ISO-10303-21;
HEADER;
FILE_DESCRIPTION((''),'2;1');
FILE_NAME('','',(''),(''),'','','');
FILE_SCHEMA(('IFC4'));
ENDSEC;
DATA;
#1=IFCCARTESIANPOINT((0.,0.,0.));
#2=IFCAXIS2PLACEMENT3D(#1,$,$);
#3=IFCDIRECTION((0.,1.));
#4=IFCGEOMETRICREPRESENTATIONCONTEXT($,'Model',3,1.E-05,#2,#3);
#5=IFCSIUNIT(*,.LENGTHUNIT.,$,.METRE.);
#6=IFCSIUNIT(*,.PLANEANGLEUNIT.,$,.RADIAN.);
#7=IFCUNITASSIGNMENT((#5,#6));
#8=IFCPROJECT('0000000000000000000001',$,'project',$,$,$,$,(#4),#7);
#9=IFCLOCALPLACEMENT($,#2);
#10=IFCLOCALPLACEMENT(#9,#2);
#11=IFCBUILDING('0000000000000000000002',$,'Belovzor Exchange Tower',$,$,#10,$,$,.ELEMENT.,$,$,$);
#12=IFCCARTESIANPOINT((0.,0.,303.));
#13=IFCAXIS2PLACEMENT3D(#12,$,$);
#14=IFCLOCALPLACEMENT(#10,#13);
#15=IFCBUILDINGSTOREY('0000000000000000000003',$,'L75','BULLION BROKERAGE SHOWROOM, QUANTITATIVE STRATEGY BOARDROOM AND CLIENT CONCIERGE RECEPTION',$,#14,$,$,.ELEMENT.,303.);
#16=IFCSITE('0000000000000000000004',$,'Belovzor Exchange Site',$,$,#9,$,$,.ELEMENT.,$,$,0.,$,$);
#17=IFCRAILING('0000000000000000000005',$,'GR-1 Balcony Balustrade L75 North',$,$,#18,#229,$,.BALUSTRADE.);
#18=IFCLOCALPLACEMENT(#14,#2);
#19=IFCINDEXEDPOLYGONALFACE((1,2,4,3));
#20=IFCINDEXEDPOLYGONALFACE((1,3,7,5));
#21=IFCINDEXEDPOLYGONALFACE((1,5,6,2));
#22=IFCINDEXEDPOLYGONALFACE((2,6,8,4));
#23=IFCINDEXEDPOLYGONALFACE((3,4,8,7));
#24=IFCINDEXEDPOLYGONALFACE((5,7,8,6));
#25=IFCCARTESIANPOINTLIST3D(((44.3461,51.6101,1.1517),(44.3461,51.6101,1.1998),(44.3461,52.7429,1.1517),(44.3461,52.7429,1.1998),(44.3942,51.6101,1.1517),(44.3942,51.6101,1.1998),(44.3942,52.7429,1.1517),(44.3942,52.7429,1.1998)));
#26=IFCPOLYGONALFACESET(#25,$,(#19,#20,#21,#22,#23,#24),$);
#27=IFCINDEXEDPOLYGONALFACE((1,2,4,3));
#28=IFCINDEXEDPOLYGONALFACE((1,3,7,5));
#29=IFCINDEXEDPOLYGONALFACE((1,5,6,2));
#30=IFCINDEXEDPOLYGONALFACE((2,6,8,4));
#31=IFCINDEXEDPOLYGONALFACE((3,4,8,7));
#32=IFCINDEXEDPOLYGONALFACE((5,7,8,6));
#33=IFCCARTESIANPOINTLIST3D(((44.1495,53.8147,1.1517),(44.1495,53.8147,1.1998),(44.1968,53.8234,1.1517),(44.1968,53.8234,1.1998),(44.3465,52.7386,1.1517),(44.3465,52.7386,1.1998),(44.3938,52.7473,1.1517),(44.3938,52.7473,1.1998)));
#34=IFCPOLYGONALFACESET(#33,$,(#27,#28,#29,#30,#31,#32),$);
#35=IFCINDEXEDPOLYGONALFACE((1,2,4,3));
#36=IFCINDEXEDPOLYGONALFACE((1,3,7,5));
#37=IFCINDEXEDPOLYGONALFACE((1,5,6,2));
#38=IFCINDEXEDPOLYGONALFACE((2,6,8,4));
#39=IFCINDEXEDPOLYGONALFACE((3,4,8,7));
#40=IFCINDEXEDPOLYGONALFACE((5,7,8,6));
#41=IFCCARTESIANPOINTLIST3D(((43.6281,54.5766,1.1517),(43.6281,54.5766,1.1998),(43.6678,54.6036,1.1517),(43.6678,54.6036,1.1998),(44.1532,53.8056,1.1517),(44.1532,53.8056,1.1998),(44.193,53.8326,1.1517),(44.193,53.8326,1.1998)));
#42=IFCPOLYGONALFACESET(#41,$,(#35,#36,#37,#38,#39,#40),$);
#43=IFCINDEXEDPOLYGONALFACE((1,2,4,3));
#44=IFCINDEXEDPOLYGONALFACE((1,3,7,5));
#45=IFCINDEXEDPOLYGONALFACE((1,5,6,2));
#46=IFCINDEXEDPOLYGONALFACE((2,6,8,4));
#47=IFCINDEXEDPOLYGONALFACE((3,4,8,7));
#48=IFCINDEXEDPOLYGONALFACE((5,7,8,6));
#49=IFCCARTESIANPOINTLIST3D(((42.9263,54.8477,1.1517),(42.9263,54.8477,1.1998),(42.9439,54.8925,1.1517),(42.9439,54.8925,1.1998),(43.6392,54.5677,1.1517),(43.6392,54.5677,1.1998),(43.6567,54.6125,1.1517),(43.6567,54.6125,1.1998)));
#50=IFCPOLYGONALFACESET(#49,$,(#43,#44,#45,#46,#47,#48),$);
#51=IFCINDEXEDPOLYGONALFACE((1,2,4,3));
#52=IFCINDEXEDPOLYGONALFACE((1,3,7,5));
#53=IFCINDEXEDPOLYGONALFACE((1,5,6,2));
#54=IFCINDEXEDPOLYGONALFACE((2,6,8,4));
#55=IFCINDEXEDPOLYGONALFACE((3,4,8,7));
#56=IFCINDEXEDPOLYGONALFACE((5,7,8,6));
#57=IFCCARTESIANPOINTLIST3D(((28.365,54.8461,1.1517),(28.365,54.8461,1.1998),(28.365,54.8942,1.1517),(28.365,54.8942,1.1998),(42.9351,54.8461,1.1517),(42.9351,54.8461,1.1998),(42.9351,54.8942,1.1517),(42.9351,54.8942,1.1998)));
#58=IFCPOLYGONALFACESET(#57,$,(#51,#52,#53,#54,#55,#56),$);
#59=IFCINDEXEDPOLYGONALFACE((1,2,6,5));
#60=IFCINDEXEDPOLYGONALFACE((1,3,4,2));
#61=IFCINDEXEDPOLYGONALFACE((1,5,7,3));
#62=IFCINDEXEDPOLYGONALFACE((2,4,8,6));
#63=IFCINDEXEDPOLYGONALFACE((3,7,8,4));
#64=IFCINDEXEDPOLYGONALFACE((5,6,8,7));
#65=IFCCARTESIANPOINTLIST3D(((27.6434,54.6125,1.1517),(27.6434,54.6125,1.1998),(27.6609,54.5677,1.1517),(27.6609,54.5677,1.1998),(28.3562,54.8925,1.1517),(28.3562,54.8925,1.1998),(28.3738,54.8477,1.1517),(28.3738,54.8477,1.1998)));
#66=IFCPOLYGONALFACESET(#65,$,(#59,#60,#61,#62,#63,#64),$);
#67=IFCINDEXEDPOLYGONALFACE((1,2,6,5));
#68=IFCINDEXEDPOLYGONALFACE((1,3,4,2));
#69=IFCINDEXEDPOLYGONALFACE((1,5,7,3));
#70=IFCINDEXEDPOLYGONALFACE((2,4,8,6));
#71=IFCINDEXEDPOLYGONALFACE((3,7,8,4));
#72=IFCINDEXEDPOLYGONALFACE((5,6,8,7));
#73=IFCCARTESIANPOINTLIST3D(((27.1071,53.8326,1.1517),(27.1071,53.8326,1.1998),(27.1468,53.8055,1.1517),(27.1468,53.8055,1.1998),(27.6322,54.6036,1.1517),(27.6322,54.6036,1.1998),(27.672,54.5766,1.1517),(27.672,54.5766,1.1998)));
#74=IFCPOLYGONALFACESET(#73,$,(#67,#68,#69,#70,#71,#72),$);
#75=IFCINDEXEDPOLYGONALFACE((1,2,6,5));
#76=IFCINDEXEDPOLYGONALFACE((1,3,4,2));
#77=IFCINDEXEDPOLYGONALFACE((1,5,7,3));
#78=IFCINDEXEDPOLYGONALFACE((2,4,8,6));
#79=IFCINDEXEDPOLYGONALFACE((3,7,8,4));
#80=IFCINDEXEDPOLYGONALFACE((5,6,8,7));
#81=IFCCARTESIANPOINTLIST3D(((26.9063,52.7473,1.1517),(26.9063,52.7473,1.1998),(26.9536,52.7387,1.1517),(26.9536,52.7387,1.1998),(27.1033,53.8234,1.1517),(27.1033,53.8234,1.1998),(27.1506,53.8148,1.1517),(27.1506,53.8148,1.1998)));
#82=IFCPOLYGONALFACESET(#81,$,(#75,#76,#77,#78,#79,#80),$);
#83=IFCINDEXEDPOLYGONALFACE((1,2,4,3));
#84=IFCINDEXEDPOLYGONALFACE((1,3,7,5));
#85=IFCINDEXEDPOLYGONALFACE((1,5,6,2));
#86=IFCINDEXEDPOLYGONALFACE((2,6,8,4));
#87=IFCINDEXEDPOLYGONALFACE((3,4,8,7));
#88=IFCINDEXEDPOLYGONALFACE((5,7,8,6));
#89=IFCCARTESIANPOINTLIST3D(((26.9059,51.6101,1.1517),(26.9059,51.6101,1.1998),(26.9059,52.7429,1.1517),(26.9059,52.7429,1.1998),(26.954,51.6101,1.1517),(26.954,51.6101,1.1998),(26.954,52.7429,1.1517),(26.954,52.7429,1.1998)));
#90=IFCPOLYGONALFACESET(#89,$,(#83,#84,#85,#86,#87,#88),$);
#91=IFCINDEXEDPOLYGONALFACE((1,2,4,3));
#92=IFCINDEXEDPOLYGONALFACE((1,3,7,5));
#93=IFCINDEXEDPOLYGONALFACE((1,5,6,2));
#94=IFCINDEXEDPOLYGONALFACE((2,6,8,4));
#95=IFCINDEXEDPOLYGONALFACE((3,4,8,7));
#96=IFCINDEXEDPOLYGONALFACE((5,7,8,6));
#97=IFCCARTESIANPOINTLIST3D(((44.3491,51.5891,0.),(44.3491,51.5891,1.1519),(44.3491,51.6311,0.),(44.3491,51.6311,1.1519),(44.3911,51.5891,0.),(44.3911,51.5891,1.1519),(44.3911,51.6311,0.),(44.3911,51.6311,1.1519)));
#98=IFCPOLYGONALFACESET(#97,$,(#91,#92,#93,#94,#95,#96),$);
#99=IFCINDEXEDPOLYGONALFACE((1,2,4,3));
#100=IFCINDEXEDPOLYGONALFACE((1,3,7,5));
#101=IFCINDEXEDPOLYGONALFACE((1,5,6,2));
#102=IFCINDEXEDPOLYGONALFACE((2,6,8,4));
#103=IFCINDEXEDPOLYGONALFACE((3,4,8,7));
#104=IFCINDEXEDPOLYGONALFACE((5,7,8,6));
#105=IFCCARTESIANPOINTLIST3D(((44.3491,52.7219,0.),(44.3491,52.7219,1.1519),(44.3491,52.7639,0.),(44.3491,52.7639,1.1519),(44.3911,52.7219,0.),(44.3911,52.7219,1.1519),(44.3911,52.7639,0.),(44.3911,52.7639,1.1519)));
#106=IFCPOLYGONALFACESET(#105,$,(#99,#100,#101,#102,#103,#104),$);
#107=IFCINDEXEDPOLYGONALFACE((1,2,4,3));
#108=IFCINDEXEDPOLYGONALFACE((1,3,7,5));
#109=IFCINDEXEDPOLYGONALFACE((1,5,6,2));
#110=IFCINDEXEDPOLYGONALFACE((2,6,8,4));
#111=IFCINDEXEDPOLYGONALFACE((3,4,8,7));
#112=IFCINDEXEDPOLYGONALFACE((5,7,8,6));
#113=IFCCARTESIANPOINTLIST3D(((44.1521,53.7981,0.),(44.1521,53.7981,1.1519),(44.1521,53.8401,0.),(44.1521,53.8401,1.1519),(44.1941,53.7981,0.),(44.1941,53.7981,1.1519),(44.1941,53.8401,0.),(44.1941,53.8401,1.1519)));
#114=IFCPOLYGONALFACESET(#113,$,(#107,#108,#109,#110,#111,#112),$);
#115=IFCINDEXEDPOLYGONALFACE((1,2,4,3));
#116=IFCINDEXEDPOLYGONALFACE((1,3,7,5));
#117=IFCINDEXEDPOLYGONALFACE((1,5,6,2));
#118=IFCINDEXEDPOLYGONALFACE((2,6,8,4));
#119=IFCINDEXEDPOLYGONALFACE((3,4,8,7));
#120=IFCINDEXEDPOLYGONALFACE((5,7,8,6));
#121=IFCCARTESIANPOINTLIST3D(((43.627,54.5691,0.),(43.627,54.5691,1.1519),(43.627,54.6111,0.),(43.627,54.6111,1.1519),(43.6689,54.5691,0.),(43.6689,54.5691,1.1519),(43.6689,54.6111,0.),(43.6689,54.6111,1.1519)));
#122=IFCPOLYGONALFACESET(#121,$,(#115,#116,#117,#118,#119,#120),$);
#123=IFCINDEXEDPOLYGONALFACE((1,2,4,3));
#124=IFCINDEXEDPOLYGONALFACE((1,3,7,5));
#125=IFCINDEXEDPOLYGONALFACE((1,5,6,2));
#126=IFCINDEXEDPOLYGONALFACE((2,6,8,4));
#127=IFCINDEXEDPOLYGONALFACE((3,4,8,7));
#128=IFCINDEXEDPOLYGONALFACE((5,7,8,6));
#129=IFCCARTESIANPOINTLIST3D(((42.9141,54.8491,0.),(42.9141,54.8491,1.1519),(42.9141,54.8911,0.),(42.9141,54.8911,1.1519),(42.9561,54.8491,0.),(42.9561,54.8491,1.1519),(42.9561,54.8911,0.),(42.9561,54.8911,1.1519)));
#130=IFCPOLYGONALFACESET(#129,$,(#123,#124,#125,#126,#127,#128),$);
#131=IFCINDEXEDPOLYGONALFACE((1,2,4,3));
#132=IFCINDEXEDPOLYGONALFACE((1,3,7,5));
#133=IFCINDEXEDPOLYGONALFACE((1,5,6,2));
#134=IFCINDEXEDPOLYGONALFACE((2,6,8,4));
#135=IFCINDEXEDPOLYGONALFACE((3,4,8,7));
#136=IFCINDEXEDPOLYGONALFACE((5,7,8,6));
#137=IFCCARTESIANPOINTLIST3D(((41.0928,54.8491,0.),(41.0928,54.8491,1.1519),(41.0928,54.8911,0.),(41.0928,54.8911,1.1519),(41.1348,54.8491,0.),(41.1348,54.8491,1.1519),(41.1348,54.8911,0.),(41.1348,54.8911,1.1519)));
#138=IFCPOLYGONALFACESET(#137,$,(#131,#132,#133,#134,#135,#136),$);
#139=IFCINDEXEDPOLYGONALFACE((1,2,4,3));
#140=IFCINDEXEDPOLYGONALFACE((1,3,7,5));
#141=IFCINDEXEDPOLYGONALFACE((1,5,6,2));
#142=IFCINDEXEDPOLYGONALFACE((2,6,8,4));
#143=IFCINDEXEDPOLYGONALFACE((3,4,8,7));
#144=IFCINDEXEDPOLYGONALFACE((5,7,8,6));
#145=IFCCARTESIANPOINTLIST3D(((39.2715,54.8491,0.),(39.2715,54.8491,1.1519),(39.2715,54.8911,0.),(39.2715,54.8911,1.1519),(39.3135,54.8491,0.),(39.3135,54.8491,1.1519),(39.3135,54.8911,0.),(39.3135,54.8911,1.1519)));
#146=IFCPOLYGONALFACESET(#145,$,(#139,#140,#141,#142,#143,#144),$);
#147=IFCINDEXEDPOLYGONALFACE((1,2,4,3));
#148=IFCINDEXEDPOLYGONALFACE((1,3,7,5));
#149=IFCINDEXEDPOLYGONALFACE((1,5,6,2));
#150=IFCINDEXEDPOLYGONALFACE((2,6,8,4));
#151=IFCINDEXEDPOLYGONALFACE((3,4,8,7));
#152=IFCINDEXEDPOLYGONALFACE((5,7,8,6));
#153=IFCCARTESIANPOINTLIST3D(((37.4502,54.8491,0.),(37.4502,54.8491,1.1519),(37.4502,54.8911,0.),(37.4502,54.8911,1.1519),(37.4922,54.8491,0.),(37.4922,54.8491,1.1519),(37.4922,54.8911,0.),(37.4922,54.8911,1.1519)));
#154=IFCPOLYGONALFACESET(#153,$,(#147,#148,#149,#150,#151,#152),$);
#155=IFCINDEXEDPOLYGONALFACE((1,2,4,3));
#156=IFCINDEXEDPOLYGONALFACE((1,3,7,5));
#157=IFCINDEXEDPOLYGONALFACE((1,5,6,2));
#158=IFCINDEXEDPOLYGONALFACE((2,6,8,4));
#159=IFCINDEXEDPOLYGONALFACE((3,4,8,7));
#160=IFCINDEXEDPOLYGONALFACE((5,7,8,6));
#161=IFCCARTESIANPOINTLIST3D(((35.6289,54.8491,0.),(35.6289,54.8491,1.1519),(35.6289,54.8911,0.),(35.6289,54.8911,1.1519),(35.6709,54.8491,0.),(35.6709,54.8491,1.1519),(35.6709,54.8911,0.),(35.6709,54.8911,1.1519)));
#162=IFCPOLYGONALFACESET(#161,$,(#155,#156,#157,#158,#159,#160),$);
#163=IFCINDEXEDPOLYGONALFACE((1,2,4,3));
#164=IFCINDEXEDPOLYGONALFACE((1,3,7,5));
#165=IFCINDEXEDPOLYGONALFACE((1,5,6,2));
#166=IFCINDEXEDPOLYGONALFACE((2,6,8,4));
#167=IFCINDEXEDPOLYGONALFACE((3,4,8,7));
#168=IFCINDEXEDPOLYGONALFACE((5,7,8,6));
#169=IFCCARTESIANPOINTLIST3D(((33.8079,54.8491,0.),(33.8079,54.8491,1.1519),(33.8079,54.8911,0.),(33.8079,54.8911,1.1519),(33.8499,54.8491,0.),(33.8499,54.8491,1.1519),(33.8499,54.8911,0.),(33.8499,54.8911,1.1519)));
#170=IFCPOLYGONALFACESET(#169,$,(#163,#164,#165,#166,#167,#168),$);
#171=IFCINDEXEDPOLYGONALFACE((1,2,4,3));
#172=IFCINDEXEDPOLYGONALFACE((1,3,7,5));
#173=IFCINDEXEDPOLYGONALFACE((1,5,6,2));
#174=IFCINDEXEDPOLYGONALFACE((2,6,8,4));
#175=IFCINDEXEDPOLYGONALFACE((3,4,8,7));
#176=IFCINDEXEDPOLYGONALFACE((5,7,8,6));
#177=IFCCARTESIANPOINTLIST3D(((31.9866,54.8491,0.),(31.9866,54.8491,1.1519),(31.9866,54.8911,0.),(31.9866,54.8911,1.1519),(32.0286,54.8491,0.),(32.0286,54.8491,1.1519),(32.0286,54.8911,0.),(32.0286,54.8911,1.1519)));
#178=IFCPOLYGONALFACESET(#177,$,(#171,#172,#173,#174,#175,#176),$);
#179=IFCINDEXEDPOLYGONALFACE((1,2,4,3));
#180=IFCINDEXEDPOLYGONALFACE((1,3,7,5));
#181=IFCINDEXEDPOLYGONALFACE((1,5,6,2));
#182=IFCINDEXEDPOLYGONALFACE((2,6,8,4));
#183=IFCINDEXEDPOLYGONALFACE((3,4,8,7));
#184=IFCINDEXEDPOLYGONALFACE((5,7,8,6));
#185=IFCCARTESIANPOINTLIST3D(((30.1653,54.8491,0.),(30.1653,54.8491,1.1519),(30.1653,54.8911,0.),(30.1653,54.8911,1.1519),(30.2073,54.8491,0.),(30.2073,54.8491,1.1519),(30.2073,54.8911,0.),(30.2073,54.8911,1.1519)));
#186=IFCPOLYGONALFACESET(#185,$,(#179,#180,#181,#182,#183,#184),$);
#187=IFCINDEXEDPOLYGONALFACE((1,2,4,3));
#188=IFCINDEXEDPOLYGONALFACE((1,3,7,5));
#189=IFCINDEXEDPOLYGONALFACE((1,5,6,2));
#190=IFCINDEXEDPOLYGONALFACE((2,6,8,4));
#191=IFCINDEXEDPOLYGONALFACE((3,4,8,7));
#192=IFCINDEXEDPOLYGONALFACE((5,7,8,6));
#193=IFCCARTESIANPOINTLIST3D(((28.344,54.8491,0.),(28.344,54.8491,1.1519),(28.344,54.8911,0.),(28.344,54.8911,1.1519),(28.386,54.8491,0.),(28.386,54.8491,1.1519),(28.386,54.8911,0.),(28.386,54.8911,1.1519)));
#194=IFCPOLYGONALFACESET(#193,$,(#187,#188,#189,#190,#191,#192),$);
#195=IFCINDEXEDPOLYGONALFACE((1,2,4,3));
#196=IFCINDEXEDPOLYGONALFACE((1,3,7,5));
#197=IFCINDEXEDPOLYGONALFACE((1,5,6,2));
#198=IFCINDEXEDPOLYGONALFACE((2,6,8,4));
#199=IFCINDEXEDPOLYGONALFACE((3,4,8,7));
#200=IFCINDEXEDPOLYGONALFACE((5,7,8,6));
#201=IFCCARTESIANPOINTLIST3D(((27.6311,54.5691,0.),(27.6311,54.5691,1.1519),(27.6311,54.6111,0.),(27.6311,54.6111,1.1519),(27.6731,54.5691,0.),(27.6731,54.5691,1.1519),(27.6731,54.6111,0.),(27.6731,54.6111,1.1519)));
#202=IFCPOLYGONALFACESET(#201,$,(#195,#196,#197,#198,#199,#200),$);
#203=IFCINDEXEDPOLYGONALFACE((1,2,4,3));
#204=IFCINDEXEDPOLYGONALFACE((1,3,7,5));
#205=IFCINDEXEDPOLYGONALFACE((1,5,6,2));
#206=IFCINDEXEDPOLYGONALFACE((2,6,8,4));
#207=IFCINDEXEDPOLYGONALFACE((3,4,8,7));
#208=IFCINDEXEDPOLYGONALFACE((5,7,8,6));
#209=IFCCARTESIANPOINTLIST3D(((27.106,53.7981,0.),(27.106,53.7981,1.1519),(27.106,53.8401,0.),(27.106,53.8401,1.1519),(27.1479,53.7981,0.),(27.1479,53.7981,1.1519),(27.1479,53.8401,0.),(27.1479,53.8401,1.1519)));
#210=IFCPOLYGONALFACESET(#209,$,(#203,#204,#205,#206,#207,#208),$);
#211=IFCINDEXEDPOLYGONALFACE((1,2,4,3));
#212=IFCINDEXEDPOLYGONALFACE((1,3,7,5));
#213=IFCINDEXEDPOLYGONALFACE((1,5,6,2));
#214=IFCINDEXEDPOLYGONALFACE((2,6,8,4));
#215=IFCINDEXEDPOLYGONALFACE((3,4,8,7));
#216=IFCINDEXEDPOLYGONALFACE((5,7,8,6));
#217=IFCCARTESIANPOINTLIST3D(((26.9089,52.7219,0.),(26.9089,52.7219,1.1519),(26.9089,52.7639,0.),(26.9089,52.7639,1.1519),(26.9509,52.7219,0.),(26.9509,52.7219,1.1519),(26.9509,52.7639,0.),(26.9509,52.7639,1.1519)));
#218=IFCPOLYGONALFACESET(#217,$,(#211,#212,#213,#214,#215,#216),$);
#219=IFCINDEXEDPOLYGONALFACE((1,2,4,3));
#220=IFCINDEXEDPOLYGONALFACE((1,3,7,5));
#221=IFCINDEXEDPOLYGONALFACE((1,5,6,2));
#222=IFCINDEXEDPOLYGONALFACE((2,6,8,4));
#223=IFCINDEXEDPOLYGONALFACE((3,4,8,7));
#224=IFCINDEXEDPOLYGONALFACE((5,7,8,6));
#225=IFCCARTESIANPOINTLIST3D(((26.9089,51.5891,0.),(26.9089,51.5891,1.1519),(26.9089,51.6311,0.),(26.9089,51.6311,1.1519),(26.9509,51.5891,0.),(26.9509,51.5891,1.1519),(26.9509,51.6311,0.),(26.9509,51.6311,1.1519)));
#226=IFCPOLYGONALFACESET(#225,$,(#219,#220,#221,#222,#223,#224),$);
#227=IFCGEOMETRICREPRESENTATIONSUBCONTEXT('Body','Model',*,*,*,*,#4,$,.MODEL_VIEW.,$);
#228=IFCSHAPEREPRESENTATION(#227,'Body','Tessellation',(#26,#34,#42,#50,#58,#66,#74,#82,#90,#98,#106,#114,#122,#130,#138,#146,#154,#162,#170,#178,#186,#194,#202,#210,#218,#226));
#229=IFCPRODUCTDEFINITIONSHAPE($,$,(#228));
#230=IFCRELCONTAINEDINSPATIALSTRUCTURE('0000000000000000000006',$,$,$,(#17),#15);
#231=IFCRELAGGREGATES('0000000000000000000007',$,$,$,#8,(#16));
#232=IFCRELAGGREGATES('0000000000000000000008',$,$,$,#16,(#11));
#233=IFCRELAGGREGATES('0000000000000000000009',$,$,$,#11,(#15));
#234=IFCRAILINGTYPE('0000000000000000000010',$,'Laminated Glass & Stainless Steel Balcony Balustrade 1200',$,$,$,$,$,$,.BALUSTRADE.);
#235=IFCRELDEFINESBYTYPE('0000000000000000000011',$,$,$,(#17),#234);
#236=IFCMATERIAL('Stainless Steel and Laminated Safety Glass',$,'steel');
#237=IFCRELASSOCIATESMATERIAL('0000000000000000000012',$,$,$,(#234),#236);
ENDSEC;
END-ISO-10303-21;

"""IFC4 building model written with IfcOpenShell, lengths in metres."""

from ifc_helpers import new_model, si_unit, direction, frame, origin, origin_2d, place, context, subcontext, project, spatial, rectangle, extrude, material, type_object, element, save


model = new_model("IFC4")

# Units and contexts
model_context = context("Model", 3, precision=1e-05, world=origin(), true_north=direction((0.0, 1.0)))
body_context = subcontext(model_context, "Body", "Model", "MODEL_VIEW")
ifc_project = project(units=[si_unit("LENGTHUNIT", "METRE"), si_unit("PLANEANGLEUNIT", "RADIAN")], contexts=[model_context])

# Site, building, storey
site_placement = place(None, origin())
site = spatial("IfcSite", under=ifc_project, at=site_placement, Name="Belovzor Exchange Site", CompositionType="ELEMENT", RefElevation=0.0)
building_placement = place(site_placement, origin())
building = spatial("IfcBuilding", under=site, at=building_placement, Name="Belovzor Exchange Tower", CompositionType="ELEMENT")
storey_placement = place(building_placement, frame((0.0, 0.0, 303.0)))
storey = spatial("IfcBuildingStorey", under=building, at=storey_placement, Name="L75", Description="BULLION BROKERAGE SHOWROOM, QUANTITATIVE STRATEGY BOARDROOM AND CLIENT CONCIERGE RECEPTION", CompositionType="ELEMENT", Elevation=303.0)

# Railing
ifc_material_1 = material(Name="Stainless Steel and Laminated Safety Glass", Category="steel")
railing_type = type_object("IfcRailingType", Name="Laminated Glass & Stainless Steel Balcony Balustrade 1200", PredefinedType="BALUSTRADE", material=ifc_material_1)
railing_placement = place(storey_placement, frame((44.3701, 51.6101, 0.0)))
element("IfcRailing", 1, at=railing_placement, inside=storey, type_object=railing_type, Name="GR-1 Balcony Balustrade L75 North", PredefinedType="BALUSTRADE", context=body_context, shape_type="SweptSolid", body=[
    extrude(rectangle(XDim=0.0481, YDim=0.0481, at=origin_2d()), frame((0.0, 0.0, 1.1758), z_axis=(0.0, 1.0, 0.0), x_axis=(-1.0, 0.0, 0.0)), (0.0, 0.0, 1.0), 1.1328),
    extrude(rectangle(XDim=0.0481, YDim=0.0481, at=origin_2d()), frame((0.0, 1.1328, 1.1758), z_axis=(-0.180083, 0.983651, 0.0), x_axis=(-0.983651, -0.180083, 0.0)), (0.0, 0.0, 1.0), 1.094),
    extrude(rectangle(XDim=0.0481, YDim=0.0481, at=origin_2d()), frame((-0.197, 2.209, 1.1758), z_axis=(-0.562947, 0.826493, 0.0), x_axis=(-0.826493, -0.562947, 0.0)), (0.0, 0.0, 1.0), 0.9329),
    extrude(rectangle(XDim=0.0481, YDim=0.0481, at=origin_2d()), frame((-0.7222, 2.98, 1.1758), z_axis=(-0.930767, 0.365613, 0.0), x_axis=(-0.365613, -0.930767, 0.0)), (0.0, 0.0, 1.0), 0.7659),
    extrude(rectangle(XDim=0.0481, YDim=0.0481, at=origin_2d()), frame((-1.4351, 3.26, 1.1758), z_axis=(-1.0, 0.0, 0.0), x_axis=(0.0, -1.0, 0.0)), (0.0, 0.0, 1.0), 14.5701),
    extrude(rectangle(XDim=0.0481, YDim=0.0481, at=origin_2d()), frame((-16.0051, 3.26, 1.1758), z_axis=(-0.930767, -0.365613, 0.0), x_axis=(0.365613, -0.930767, 0.0)), (0.0, 0.0, 1.0), 0.7659),
    extrude(rectangle(XDim=0.0481, YDim=0.0481, at=origin_2d()), frame((-16.718, 2.98, 1.1758), z_axis=(-0.562947, -0.826493, 0.0), x_axis=(0.826493, -0.562947, 0.0)), (0.0, 0.0, 1.0), 0.9329),
    extrude(rectangle(XDim=0.0481, YDim=0.0481, at=origin_2d()), frame((-17.2432, 2.209, 1.1758), z_axis=(-0.180083, -0.983651, 0.0), x_axis=(0.983651, -0.180083, 0.0)), (0.0, 0.0, 1.0), 1.094),
    extrude(rectangle(XDim=0.0481, YDim=0.0481, at=origin_2d()), frame((-17.4402, 1.1328, 1.1758), z_axis=(0.0, -1.0, 0.0), x_axis=(1.0, 0.0, 0.0)), (0.0, 0.0, 1.0), 1.1328),
    extrude(rectangle(XDim=0.042, YDim=0.042, at=origin_2d()), origin(), (0.0, 0.0, 1.0), 1.1519),
    extrude(rectangle(XDim=0.042, YDim=0.042, at=origin_2d()), frame((0.0, 1.1328, 0.0)), (0.0, 0.0, 1.0), 1.1519),
    extrude(rectangle(XDim=0.042, YDim=0.042, at=origin_2d()), frame((-0.197, 2.209, 0.0)), (0.0, 0.0, 1.0), 1.1519),
    extrude(rectangle(XDim=0.042, YDim=0.042, at=origin_2d()), frame((-0.7222, 2.98, 0.0)), (0.0, 0.0, 1.0), 1.1519),
    extrude(rectangle(XDim=0.042, YDim=0.042, at=origin_2d()), frame((-1.4351, 3.26, 0.0)), (0.0, 0.0, 1.0), 1.1519),
    extrude(rectangle(XDim=0.042, YDim=0.042, at=origin_2d()), frame((-3.2563, 3.26, 0.0)), (0.0, 0.0, 1.0), 1.1519),
    extrude(rectangle(XDim=0.042, YDim=0.042, at=origin_2d()), frame((-5.0776, 3.26, 0.0)), (0.0, 0.0, 1.0), 1.1519),
    extrude(rectangle(XDim=0.042, YDim=0.042, at=origin_2d()), frame((-6.8989, 3.26, 0.0)), (0.0, 0.0, 1.0), 1.1519),
    extrude(rectangle(XDim=0.042, YDim=0.042, at=origin_2d()), frame((-8.7202, 3.26, 0.0)), (0.0, 0.0, 1.0), 1.1519),
    extrude(rectangle(XDim=0.042, YDim=0.042, at=origin_2d()), frame((-10.5413, 3.26, 0.0)), (0.0, 0.0, 1.0), 1.1519),
    extrude(rectangle(XDim=0.042, YDim=0.042, at=origin_2d()), frame((-12.3625, 3.26, 0.0)), (0.0, 0.0, 1.0), 1.1519),
    extrude(rectangle(XDim=0.042, YDim=0.042, at=origin_2d()), frame((-14.1838, 3.26, 0.0)), (0.0, 0.0, 1.0), 1.1519),
    extrude(rectangle(XDim=0.042, YDim=0.042, at=origin_2d()), frame((-16.0051, 3.26, 0.0)), (0.0, 0.0, 1.0), 1.1519),
    extrude(rectangle(XDim=0.042, YDim=0.042, at=origin_2d()), frame((-16.718, 2.98, 0.0)), (0.0, 0.0, 1.0), 1.1519),
    extrude(rectangle(XDim=0.042, YDim=0.042, at=origin_2d()), frame((-17.2432, 2.209, 0.0)), (0.0, 0.0, 1.0), 1.1519),
    extrude(rectangle(XDim=0.042, YDim=0.042, at=origin_2d()), frame((-17.4402, 1.1328, 0.0)), (0.0, 0.0, 1.0), 1.1519),
    extrude(rectangle(XDim=0.042, YDim=0.042, at=origin_2d()), frame((-17.4402, 0.0, 0.0)), (0.0, 0.0, 1.0), 1.1519),
])

save(model, "model.ifc")
